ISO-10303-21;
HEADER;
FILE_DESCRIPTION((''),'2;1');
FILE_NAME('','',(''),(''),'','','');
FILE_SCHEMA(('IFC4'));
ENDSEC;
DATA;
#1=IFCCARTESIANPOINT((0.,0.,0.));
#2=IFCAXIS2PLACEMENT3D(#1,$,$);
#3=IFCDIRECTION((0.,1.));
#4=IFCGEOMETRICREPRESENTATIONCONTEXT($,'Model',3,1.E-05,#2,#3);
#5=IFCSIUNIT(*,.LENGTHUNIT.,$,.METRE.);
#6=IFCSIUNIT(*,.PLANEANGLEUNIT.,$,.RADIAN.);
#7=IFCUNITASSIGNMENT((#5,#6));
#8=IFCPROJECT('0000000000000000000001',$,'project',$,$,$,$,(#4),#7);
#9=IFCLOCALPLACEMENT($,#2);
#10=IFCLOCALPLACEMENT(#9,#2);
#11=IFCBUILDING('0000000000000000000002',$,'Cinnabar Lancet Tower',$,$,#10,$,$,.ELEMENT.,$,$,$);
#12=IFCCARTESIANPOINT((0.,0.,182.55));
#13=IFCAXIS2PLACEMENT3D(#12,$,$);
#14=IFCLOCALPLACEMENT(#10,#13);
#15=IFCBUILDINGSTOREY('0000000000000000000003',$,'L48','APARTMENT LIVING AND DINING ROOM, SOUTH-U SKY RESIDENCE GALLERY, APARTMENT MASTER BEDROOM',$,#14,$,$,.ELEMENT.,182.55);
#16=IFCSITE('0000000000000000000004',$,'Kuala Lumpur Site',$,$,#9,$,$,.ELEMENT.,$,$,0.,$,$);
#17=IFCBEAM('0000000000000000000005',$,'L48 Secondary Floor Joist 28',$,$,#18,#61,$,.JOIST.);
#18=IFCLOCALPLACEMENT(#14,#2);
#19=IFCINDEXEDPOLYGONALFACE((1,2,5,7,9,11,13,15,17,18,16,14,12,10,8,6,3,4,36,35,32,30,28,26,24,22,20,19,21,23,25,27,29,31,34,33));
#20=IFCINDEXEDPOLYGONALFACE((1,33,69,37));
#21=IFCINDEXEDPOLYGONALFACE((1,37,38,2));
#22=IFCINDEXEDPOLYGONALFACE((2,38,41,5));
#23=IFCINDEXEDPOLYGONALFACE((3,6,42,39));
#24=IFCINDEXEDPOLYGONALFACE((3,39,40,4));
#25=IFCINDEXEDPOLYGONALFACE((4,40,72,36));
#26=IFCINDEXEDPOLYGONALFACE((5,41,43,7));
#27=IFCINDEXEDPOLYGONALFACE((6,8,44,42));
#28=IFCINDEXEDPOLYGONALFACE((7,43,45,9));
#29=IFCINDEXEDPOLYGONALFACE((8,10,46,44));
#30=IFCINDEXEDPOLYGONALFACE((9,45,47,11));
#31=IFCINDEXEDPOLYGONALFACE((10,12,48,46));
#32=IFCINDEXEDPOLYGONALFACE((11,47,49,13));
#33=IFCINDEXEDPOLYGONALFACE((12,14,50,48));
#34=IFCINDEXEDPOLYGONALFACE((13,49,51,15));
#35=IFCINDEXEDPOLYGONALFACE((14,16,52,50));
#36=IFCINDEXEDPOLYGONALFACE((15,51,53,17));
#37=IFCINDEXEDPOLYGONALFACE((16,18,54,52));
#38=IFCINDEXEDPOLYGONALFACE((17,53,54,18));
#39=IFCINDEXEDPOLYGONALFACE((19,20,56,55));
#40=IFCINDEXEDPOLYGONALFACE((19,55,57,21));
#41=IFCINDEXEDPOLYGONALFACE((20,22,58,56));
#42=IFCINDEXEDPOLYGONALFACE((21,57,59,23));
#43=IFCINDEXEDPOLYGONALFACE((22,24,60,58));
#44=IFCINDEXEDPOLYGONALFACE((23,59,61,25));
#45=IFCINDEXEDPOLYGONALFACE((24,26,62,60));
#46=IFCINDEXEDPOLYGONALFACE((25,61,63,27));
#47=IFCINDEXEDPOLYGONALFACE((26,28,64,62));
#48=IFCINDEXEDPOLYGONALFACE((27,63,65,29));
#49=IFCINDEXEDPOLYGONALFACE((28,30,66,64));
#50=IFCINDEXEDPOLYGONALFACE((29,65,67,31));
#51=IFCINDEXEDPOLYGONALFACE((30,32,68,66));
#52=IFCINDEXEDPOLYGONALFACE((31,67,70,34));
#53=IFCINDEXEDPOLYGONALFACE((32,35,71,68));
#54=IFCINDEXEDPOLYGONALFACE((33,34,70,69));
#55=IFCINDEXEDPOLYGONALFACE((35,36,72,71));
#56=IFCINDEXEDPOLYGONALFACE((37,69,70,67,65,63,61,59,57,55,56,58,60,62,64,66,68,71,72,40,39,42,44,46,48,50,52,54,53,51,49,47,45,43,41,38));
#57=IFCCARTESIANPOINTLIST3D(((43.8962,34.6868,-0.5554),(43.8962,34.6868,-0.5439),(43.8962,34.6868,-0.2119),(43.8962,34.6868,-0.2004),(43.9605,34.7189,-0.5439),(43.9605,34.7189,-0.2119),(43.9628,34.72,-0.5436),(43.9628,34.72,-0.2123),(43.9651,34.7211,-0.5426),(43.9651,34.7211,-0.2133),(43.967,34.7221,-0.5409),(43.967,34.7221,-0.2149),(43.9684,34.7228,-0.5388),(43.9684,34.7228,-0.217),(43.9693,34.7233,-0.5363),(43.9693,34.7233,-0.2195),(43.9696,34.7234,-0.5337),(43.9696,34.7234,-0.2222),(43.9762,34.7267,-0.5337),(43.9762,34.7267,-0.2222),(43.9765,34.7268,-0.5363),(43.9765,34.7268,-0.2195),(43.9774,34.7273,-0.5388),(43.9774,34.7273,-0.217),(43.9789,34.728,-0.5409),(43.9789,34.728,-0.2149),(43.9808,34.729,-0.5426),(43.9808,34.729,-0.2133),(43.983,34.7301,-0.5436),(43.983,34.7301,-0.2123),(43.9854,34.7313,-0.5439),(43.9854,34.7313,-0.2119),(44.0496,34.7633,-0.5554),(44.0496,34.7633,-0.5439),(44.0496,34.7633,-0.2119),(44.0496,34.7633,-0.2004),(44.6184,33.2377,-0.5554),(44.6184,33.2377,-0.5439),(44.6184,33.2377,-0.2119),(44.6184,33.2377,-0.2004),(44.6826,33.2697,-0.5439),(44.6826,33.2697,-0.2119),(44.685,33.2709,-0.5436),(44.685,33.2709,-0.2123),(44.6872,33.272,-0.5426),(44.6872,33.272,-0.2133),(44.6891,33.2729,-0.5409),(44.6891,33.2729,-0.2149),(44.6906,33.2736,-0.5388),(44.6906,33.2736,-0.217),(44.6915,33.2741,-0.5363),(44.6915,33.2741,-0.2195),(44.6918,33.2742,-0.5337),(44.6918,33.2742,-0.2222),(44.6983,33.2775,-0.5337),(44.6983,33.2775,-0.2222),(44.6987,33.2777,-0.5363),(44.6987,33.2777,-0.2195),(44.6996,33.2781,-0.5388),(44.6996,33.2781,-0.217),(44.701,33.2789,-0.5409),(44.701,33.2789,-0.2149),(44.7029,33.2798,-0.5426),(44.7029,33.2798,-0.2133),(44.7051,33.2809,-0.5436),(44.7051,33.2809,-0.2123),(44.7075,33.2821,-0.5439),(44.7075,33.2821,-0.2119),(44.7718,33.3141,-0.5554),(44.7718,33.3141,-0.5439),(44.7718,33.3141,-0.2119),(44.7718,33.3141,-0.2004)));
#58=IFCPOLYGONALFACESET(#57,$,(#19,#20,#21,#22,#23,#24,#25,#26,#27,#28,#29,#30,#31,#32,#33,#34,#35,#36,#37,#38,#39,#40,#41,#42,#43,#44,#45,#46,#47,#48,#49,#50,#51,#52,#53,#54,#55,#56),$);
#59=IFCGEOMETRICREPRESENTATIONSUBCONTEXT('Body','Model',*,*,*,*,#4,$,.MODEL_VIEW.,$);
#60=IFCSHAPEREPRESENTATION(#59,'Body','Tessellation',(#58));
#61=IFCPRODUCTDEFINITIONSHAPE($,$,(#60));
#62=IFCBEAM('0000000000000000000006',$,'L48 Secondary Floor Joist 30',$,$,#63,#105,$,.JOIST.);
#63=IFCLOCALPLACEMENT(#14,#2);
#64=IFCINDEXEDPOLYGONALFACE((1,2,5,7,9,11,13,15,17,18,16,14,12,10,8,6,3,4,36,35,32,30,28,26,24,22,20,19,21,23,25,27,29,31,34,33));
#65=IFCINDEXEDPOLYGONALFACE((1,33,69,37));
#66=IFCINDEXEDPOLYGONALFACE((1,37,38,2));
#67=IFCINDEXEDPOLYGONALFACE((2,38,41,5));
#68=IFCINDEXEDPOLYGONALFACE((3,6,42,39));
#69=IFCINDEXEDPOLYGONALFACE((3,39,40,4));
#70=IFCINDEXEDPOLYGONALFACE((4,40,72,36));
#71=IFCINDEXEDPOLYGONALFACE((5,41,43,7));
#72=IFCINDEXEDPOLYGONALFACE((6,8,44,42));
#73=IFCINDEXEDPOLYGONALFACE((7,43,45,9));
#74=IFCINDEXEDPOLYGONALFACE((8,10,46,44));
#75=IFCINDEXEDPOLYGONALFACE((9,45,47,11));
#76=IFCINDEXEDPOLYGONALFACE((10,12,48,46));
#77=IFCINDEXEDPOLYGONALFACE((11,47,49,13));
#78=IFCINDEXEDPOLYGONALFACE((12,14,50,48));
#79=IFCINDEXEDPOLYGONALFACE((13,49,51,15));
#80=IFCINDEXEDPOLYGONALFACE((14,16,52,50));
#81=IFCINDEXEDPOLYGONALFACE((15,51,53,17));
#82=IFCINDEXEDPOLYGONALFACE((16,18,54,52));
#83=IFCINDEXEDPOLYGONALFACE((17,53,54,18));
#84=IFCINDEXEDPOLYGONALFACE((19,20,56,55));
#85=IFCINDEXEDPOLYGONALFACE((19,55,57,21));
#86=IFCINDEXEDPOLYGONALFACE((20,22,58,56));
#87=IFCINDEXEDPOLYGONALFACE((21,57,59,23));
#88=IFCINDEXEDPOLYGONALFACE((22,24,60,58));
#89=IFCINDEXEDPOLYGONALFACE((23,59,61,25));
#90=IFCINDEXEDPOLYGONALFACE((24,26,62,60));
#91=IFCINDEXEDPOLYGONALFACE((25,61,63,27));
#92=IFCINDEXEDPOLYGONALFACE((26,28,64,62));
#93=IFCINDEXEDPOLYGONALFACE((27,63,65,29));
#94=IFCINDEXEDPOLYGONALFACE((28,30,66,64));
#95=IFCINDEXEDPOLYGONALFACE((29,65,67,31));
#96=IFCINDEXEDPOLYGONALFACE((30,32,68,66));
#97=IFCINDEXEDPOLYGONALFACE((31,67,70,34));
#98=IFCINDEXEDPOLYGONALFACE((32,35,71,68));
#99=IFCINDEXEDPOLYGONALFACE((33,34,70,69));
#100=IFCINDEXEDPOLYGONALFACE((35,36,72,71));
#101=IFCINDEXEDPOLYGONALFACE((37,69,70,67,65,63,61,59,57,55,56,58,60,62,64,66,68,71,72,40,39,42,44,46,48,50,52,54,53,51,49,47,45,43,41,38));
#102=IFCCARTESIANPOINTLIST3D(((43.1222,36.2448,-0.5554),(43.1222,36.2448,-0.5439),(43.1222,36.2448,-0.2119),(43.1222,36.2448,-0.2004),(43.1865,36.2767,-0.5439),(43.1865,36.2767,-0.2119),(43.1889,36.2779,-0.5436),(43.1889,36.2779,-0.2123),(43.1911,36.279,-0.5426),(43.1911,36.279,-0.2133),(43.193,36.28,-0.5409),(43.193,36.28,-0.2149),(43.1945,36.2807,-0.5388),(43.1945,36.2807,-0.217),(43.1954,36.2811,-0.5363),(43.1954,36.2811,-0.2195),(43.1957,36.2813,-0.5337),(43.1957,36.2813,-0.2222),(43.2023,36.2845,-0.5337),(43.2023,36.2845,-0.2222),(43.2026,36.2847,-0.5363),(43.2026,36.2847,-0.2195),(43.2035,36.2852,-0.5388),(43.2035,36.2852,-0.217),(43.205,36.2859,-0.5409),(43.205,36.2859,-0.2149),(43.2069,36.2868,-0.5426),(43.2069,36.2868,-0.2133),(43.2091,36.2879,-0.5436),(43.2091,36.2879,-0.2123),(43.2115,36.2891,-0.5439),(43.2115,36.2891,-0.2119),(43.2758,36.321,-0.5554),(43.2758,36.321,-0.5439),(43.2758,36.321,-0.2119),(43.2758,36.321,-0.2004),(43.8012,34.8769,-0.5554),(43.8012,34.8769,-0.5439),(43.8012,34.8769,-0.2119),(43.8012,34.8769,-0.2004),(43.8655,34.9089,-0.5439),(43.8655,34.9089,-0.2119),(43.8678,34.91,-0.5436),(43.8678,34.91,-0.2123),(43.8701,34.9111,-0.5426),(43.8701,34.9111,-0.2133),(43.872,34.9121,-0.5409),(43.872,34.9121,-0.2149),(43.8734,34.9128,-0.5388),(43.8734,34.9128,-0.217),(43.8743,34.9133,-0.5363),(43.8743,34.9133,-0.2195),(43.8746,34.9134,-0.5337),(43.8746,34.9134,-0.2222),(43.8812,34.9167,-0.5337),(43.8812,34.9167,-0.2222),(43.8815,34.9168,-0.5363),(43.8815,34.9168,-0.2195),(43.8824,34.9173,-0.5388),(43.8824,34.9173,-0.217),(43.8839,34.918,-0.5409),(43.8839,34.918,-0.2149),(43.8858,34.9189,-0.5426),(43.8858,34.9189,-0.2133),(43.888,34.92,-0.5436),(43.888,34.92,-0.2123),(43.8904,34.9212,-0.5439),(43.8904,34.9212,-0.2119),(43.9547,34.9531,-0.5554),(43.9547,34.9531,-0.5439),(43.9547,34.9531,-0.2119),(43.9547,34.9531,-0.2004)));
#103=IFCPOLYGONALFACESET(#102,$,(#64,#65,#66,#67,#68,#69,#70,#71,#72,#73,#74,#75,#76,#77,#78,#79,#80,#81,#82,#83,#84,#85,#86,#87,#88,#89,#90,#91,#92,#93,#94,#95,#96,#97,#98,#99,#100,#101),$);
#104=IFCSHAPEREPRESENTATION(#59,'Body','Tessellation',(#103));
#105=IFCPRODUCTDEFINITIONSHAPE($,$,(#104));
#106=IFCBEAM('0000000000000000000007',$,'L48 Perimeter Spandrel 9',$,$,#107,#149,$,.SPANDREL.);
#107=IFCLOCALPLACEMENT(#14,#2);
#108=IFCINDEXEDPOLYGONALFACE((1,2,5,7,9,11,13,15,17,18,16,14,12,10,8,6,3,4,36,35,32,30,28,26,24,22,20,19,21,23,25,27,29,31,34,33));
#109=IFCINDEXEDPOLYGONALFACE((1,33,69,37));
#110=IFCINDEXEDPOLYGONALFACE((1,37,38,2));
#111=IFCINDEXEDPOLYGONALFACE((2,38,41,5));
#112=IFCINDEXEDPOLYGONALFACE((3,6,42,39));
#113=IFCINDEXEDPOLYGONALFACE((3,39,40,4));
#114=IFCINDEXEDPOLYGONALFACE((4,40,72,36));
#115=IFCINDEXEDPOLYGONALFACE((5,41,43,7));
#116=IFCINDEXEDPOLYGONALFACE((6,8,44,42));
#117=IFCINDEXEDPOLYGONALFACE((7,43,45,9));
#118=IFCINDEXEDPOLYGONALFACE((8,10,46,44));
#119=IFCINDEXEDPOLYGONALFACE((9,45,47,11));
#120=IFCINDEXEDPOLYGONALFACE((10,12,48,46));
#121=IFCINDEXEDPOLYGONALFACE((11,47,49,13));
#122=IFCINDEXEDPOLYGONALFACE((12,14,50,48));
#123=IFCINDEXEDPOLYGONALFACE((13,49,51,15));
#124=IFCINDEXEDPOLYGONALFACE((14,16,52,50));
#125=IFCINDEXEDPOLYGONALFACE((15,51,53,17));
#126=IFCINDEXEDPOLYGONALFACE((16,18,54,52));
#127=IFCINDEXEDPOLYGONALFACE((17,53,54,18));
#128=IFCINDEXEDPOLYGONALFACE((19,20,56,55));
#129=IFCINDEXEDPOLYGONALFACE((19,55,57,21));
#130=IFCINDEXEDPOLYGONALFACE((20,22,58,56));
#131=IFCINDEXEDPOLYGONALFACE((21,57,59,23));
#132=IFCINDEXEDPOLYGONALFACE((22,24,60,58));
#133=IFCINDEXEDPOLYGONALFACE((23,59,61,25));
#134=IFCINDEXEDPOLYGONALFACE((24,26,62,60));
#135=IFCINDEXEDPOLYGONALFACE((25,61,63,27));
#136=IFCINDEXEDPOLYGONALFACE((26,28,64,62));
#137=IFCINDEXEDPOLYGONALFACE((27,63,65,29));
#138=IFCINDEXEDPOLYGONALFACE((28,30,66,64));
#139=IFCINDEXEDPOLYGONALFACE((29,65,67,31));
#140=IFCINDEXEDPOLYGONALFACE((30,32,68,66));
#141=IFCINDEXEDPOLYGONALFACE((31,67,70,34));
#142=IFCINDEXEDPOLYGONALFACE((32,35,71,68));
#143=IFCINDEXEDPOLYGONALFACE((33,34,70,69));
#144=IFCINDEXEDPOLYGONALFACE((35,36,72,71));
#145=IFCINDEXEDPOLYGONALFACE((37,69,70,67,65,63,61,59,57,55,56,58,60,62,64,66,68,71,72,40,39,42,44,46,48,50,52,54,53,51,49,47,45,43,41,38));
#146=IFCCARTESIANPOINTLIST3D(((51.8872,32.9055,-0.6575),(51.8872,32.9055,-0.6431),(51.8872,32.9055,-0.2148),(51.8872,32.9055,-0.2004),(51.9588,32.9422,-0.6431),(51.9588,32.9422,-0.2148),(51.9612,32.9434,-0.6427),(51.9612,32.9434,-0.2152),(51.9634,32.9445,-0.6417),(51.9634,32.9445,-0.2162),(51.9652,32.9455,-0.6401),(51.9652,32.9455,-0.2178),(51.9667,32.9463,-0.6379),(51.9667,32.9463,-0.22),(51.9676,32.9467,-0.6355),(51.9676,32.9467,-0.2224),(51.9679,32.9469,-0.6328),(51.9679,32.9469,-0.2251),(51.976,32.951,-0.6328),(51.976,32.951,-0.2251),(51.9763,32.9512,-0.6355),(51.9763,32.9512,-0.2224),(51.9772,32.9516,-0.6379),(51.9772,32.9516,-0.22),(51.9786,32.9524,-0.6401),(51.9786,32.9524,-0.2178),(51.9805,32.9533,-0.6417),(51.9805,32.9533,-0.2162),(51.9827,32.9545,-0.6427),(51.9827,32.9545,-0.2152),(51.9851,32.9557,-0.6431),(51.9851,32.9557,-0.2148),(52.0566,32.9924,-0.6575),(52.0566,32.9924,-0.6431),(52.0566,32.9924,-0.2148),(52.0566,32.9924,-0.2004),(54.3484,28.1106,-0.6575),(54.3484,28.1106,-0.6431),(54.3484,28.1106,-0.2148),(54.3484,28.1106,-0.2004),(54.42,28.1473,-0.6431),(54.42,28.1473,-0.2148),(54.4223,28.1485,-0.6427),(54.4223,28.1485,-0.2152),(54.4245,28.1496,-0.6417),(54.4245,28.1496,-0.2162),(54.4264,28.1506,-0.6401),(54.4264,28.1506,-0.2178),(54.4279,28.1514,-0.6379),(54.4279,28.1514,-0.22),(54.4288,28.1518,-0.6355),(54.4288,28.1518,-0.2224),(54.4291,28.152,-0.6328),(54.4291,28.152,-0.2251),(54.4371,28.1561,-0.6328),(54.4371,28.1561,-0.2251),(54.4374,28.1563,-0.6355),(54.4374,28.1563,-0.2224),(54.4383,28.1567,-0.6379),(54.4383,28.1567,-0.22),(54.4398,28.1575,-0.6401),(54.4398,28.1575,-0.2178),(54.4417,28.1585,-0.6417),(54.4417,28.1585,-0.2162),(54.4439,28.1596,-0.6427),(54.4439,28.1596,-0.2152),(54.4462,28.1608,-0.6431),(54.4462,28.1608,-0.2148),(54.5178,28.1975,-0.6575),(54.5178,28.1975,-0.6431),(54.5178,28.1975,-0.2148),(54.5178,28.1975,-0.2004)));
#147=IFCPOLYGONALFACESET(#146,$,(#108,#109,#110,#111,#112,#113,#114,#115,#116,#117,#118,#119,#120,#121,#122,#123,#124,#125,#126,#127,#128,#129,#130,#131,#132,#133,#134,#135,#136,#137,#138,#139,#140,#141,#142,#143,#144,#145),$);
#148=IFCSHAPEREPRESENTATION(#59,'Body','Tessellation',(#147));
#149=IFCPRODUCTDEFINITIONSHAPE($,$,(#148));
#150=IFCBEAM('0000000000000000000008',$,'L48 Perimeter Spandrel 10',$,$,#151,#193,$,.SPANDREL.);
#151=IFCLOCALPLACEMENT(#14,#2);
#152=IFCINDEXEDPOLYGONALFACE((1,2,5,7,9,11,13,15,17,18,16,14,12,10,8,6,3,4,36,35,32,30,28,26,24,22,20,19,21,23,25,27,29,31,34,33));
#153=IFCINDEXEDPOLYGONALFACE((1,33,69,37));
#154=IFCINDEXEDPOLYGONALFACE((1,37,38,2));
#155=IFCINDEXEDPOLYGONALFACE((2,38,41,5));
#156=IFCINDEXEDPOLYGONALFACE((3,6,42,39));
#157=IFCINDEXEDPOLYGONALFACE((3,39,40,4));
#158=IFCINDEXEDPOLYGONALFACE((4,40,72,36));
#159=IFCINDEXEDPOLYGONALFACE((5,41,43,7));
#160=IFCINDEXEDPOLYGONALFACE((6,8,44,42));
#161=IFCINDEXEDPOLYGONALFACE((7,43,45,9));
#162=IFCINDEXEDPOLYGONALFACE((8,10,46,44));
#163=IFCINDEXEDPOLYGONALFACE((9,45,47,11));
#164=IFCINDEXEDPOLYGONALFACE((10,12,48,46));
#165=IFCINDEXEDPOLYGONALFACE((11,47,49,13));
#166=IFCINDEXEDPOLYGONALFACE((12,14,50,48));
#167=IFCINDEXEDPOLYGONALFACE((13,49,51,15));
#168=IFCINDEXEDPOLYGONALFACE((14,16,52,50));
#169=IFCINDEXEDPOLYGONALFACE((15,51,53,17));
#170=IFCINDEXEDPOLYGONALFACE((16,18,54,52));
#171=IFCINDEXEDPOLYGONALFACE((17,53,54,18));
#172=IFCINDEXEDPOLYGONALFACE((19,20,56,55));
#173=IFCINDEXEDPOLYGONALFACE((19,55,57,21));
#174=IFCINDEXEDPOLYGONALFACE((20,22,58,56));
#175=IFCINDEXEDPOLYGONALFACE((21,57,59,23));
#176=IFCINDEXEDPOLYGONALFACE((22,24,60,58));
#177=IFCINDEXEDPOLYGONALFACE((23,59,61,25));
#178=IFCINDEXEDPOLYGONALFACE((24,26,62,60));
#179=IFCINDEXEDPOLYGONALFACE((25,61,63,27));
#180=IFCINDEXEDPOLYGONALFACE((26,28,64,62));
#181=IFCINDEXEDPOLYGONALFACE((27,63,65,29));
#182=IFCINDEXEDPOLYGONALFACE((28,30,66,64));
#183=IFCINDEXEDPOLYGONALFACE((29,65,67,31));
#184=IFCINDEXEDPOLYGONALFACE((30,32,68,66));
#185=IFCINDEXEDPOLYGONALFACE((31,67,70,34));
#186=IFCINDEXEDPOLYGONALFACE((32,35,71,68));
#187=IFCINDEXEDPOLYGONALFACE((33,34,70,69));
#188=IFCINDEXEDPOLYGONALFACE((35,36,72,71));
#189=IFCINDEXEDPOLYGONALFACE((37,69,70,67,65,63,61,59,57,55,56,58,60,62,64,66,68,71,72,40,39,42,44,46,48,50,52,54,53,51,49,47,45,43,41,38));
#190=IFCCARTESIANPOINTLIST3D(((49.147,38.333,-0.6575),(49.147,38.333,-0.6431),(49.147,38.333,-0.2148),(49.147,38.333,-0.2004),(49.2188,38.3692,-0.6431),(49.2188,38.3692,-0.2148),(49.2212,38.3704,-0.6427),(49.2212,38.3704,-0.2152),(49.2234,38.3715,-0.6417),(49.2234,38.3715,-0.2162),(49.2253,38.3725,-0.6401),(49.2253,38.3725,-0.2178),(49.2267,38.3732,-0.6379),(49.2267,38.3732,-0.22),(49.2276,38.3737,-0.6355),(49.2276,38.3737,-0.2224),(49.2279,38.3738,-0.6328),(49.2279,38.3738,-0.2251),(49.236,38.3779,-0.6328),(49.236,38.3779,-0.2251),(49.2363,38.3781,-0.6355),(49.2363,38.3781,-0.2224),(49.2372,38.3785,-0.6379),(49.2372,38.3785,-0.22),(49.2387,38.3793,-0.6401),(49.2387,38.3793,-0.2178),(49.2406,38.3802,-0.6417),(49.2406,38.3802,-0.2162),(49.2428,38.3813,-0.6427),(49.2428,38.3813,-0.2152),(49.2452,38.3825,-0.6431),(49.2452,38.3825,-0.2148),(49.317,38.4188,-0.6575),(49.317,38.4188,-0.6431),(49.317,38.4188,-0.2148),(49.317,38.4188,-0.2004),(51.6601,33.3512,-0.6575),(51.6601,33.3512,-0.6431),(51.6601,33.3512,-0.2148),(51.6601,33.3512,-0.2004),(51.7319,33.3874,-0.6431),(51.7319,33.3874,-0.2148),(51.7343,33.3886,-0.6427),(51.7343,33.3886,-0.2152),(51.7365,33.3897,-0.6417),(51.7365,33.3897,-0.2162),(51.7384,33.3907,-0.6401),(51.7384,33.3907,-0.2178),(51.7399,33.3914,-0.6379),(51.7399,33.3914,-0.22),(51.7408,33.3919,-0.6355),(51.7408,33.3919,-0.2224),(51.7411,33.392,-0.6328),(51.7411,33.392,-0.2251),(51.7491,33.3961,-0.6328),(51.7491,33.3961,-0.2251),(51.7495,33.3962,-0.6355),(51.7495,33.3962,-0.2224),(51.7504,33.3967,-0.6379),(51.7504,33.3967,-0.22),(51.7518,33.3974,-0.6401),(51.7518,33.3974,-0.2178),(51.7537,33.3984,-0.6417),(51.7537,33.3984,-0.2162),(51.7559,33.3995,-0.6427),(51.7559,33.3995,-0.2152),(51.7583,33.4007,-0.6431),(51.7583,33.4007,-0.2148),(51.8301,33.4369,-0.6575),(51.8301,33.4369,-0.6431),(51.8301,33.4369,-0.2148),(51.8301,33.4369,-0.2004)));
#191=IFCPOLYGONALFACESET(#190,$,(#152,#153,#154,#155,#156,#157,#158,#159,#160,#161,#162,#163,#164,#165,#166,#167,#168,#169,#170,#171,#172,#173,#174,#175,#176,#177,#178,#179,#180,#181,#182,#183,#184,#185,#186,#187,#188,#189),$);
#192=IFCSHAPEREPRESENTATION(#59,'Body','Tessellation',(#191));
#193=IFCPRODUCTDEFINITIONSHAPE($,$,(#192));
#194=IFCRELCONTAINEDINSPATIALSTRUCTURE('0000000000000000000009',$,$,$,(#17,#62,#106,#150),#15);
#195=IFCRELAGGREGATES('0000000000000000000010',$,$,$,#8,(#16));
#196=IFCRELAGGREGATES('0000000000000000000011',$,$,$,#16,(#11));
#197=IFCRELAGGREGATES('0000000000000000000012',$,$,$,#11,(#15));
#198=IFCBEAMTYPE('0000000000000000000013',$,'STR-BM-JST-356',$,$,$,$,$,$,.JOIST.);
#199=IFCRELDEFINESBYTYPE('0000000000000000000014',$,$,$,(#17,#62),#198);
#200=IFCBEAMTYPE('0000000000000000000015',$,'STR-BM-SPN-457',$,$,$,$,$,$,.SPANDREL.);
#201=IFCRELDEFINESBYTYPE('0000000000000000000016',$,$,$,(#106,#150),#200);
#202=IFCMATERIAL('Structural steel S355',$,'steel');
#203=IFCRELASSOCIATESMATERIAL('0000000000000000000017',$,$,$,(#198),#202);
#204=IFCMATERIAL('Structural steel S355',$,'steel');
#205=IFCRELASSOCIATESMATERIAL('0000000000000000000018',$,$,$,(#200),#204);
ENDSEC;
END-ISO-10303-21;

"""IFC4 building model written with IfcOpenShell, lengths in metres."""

from ifc_helpers import new_model, si_unit, direction, frame, origin, origin_2d, place, context, subcontext, project, spatial, i_section, extrude, material, material_profile, profile_set, type_object, element, save


model = new_model("IFC4")

# Units and contexts
model_context = context("Model", 3, precision=1e-05, world=origin(), true_north=direction((0.0, 1.0)))
body_context = subcontext(model_context, "Body", "Model", "MODEL_VIEW")
ifc_project = project(units=[si_unit("LENGTHUNIT", "METRE"), si_unit("PLANEANGLEUNIT", "RADIAN")], contexts=[model_context])

# Site, building, storey
site_placement = place(None, origin())
site = spatial("IfcSite", under=ifc_project, at=site_placement, Name="Kuala Lumpur Site", CompositionType="ELEMENT", RefElevation=0.0)
building_placement = place(site_placement, origin())
building = spatial("IfcBuilding", under=site, at=building_placement, Name="Cinnabar Lancet Tower", CompositionType="ELEMENT")
storey_placement = place(building_placement, frame((0.0, 0.0, 182.55)))
storey = spatial("IfcBuildingStorey", under=building, at=storey_placement, Name="L48", Description="APARTMENT LIVING AND DINING ROOM, SOUTH-U SKY RESIDENCE GALLERY, APARTMENT MASTER BEDROOM", CompositionType="ELEMENT", Elevation=182.55)

# Beams
ifc_material_1 = material(Name="Structural steel S355", Category="steel")
ifc_material_profile_1 = material_profile(ifc_material_1, i_section(OverallWidth=0.1714, OverallDepth=0.355, WebThickness=0.0073, FlangeThickness=0.0115, FilletRadius=0.0103, at=origin_2d()), Name="UKB 356x171x51")
ifc_profile_set_1 = profile_set([ifc_material_profile_1], Name="Structural steel S355")
beam_type_1 = type_object("IfcBeamType", Name="STR-BM-JST-356", PredefinedType="JOIST", material=ifc_profile_set_1)
beam_1_placement = place(storey_placement, frame((44.6951, 33.2759, -0.3779), z_axis=(-0.446007, 0.895029, 0.0), x_axis=(-0.895029, -0.446007, 0.0)))
element("IfcBeam", 1, at=beam_1_placement, inside=storey, type_object=beam_type_1, Name="L48 Secondary Floor Joist 28", PredefinedType="JOIST", context=body_context, shape_type="SweptSolid", body=[
    extrude(i_section(OverallWidth=0.1714, OverallDepth=0.355, WebThickness=0.0073, FlangeThickness=0.0115, FilletRadius=0.0103, at=origin_2d()), origin(), (0.0, 0.0, 1.0), 1.6191),
])
beam_2_placement = place(storey_placement, frame((43.8779, 34.915, -0.3779), z_axis=(-0.44459, 0.895734, 0.0), x_axis=(-0.895734, -0.44459, 0.0)))
element("IfcBeam", 2, at=beam_2_placement, inside=storey, type_object=beam_type_1, Name="L48 Secondary Floor Joist 30", PredefinedType="JOIST", context=body_context, shape_type="SweptSolid", body=[
    extrude(i_section(OverallWidth=0.1714, OverallDepth=0.355, WebThickness=0.0073, FlangeThickness=0.0115, FilletRadius=0.0103, at=origin_2d()), origin(), (0.0, 0.0, 1.0), 1.5271),
])
ifc_material_2 = material(Name="Structural steel S355", Category="steel")
ifc_material_profile_2 = material_profile(ifc_material_2, i_section(OverallWidth=0.1904, OverallDepth=0.457, WebThickness=0.009, FlangeThickness=0.0144, FilletRadius=0.0103, at=origin_2d()), Name="UKB 457x191x74")
ifc_profile_set_2 = profile_set([ifc_material_profile_2], Name="Structural steel S355")
beam_type_2 = type_object("IfcBeamType", Name="STR-BM-SPN-457", PredefinedType="SPANDREL", material=ifc_profile_set_2)
beam_3_placement = place(storey_placement, frame((54.4331, 28.1541, -0.429), z_axis=(-0.456647, 0.889648, 0.0), x_axis=(-0.889648, -0.456647, 0.0)))
element("IfcBeam", 3, at=beam_3_placement, inside=storey, type_object=beam_type_2, Name="L48 Perimeter Spandrel 9", PredefinedType="SPANDREL", context=body_context, shape_type="SweptSolid", body=[
    extrude(i_section(OverallWidth=0.1904, OverallDepth=0.457, WebThickness=0.009, FlangeThickness=0.0144, FilletRadius=0.0103, at=origin_2d()), origin(), (0.0, 0.0, 1.0), 5.3896),
])
beam_4_placement = place(storey_placement, frame((51.7451, 33.394, -0.429), z_axis=(-0.450396, 0.892829, 0.0), x_axis=(-0.892829, -0.450396, 0.0)))
element("IfcBeam", 4, at=beam_4_placement, inside=storey, type_object=beam_type_2, Name="L48 Perimeter Spandrel 10", PredefinedType="SPANDREL", context=body_context, shape_type="SweptSolid", body=[
    extrude(i_section(OverallWidth=0.1904, OverallDepth=0.457, WebThickness=0.009, FlangeThickness=0.0144, FilletRadius=0.0103, at=origin_2d()), origin(), (0.0, 0.0, 1.0), 5.5798),
])

save(model, "model.ifc")
